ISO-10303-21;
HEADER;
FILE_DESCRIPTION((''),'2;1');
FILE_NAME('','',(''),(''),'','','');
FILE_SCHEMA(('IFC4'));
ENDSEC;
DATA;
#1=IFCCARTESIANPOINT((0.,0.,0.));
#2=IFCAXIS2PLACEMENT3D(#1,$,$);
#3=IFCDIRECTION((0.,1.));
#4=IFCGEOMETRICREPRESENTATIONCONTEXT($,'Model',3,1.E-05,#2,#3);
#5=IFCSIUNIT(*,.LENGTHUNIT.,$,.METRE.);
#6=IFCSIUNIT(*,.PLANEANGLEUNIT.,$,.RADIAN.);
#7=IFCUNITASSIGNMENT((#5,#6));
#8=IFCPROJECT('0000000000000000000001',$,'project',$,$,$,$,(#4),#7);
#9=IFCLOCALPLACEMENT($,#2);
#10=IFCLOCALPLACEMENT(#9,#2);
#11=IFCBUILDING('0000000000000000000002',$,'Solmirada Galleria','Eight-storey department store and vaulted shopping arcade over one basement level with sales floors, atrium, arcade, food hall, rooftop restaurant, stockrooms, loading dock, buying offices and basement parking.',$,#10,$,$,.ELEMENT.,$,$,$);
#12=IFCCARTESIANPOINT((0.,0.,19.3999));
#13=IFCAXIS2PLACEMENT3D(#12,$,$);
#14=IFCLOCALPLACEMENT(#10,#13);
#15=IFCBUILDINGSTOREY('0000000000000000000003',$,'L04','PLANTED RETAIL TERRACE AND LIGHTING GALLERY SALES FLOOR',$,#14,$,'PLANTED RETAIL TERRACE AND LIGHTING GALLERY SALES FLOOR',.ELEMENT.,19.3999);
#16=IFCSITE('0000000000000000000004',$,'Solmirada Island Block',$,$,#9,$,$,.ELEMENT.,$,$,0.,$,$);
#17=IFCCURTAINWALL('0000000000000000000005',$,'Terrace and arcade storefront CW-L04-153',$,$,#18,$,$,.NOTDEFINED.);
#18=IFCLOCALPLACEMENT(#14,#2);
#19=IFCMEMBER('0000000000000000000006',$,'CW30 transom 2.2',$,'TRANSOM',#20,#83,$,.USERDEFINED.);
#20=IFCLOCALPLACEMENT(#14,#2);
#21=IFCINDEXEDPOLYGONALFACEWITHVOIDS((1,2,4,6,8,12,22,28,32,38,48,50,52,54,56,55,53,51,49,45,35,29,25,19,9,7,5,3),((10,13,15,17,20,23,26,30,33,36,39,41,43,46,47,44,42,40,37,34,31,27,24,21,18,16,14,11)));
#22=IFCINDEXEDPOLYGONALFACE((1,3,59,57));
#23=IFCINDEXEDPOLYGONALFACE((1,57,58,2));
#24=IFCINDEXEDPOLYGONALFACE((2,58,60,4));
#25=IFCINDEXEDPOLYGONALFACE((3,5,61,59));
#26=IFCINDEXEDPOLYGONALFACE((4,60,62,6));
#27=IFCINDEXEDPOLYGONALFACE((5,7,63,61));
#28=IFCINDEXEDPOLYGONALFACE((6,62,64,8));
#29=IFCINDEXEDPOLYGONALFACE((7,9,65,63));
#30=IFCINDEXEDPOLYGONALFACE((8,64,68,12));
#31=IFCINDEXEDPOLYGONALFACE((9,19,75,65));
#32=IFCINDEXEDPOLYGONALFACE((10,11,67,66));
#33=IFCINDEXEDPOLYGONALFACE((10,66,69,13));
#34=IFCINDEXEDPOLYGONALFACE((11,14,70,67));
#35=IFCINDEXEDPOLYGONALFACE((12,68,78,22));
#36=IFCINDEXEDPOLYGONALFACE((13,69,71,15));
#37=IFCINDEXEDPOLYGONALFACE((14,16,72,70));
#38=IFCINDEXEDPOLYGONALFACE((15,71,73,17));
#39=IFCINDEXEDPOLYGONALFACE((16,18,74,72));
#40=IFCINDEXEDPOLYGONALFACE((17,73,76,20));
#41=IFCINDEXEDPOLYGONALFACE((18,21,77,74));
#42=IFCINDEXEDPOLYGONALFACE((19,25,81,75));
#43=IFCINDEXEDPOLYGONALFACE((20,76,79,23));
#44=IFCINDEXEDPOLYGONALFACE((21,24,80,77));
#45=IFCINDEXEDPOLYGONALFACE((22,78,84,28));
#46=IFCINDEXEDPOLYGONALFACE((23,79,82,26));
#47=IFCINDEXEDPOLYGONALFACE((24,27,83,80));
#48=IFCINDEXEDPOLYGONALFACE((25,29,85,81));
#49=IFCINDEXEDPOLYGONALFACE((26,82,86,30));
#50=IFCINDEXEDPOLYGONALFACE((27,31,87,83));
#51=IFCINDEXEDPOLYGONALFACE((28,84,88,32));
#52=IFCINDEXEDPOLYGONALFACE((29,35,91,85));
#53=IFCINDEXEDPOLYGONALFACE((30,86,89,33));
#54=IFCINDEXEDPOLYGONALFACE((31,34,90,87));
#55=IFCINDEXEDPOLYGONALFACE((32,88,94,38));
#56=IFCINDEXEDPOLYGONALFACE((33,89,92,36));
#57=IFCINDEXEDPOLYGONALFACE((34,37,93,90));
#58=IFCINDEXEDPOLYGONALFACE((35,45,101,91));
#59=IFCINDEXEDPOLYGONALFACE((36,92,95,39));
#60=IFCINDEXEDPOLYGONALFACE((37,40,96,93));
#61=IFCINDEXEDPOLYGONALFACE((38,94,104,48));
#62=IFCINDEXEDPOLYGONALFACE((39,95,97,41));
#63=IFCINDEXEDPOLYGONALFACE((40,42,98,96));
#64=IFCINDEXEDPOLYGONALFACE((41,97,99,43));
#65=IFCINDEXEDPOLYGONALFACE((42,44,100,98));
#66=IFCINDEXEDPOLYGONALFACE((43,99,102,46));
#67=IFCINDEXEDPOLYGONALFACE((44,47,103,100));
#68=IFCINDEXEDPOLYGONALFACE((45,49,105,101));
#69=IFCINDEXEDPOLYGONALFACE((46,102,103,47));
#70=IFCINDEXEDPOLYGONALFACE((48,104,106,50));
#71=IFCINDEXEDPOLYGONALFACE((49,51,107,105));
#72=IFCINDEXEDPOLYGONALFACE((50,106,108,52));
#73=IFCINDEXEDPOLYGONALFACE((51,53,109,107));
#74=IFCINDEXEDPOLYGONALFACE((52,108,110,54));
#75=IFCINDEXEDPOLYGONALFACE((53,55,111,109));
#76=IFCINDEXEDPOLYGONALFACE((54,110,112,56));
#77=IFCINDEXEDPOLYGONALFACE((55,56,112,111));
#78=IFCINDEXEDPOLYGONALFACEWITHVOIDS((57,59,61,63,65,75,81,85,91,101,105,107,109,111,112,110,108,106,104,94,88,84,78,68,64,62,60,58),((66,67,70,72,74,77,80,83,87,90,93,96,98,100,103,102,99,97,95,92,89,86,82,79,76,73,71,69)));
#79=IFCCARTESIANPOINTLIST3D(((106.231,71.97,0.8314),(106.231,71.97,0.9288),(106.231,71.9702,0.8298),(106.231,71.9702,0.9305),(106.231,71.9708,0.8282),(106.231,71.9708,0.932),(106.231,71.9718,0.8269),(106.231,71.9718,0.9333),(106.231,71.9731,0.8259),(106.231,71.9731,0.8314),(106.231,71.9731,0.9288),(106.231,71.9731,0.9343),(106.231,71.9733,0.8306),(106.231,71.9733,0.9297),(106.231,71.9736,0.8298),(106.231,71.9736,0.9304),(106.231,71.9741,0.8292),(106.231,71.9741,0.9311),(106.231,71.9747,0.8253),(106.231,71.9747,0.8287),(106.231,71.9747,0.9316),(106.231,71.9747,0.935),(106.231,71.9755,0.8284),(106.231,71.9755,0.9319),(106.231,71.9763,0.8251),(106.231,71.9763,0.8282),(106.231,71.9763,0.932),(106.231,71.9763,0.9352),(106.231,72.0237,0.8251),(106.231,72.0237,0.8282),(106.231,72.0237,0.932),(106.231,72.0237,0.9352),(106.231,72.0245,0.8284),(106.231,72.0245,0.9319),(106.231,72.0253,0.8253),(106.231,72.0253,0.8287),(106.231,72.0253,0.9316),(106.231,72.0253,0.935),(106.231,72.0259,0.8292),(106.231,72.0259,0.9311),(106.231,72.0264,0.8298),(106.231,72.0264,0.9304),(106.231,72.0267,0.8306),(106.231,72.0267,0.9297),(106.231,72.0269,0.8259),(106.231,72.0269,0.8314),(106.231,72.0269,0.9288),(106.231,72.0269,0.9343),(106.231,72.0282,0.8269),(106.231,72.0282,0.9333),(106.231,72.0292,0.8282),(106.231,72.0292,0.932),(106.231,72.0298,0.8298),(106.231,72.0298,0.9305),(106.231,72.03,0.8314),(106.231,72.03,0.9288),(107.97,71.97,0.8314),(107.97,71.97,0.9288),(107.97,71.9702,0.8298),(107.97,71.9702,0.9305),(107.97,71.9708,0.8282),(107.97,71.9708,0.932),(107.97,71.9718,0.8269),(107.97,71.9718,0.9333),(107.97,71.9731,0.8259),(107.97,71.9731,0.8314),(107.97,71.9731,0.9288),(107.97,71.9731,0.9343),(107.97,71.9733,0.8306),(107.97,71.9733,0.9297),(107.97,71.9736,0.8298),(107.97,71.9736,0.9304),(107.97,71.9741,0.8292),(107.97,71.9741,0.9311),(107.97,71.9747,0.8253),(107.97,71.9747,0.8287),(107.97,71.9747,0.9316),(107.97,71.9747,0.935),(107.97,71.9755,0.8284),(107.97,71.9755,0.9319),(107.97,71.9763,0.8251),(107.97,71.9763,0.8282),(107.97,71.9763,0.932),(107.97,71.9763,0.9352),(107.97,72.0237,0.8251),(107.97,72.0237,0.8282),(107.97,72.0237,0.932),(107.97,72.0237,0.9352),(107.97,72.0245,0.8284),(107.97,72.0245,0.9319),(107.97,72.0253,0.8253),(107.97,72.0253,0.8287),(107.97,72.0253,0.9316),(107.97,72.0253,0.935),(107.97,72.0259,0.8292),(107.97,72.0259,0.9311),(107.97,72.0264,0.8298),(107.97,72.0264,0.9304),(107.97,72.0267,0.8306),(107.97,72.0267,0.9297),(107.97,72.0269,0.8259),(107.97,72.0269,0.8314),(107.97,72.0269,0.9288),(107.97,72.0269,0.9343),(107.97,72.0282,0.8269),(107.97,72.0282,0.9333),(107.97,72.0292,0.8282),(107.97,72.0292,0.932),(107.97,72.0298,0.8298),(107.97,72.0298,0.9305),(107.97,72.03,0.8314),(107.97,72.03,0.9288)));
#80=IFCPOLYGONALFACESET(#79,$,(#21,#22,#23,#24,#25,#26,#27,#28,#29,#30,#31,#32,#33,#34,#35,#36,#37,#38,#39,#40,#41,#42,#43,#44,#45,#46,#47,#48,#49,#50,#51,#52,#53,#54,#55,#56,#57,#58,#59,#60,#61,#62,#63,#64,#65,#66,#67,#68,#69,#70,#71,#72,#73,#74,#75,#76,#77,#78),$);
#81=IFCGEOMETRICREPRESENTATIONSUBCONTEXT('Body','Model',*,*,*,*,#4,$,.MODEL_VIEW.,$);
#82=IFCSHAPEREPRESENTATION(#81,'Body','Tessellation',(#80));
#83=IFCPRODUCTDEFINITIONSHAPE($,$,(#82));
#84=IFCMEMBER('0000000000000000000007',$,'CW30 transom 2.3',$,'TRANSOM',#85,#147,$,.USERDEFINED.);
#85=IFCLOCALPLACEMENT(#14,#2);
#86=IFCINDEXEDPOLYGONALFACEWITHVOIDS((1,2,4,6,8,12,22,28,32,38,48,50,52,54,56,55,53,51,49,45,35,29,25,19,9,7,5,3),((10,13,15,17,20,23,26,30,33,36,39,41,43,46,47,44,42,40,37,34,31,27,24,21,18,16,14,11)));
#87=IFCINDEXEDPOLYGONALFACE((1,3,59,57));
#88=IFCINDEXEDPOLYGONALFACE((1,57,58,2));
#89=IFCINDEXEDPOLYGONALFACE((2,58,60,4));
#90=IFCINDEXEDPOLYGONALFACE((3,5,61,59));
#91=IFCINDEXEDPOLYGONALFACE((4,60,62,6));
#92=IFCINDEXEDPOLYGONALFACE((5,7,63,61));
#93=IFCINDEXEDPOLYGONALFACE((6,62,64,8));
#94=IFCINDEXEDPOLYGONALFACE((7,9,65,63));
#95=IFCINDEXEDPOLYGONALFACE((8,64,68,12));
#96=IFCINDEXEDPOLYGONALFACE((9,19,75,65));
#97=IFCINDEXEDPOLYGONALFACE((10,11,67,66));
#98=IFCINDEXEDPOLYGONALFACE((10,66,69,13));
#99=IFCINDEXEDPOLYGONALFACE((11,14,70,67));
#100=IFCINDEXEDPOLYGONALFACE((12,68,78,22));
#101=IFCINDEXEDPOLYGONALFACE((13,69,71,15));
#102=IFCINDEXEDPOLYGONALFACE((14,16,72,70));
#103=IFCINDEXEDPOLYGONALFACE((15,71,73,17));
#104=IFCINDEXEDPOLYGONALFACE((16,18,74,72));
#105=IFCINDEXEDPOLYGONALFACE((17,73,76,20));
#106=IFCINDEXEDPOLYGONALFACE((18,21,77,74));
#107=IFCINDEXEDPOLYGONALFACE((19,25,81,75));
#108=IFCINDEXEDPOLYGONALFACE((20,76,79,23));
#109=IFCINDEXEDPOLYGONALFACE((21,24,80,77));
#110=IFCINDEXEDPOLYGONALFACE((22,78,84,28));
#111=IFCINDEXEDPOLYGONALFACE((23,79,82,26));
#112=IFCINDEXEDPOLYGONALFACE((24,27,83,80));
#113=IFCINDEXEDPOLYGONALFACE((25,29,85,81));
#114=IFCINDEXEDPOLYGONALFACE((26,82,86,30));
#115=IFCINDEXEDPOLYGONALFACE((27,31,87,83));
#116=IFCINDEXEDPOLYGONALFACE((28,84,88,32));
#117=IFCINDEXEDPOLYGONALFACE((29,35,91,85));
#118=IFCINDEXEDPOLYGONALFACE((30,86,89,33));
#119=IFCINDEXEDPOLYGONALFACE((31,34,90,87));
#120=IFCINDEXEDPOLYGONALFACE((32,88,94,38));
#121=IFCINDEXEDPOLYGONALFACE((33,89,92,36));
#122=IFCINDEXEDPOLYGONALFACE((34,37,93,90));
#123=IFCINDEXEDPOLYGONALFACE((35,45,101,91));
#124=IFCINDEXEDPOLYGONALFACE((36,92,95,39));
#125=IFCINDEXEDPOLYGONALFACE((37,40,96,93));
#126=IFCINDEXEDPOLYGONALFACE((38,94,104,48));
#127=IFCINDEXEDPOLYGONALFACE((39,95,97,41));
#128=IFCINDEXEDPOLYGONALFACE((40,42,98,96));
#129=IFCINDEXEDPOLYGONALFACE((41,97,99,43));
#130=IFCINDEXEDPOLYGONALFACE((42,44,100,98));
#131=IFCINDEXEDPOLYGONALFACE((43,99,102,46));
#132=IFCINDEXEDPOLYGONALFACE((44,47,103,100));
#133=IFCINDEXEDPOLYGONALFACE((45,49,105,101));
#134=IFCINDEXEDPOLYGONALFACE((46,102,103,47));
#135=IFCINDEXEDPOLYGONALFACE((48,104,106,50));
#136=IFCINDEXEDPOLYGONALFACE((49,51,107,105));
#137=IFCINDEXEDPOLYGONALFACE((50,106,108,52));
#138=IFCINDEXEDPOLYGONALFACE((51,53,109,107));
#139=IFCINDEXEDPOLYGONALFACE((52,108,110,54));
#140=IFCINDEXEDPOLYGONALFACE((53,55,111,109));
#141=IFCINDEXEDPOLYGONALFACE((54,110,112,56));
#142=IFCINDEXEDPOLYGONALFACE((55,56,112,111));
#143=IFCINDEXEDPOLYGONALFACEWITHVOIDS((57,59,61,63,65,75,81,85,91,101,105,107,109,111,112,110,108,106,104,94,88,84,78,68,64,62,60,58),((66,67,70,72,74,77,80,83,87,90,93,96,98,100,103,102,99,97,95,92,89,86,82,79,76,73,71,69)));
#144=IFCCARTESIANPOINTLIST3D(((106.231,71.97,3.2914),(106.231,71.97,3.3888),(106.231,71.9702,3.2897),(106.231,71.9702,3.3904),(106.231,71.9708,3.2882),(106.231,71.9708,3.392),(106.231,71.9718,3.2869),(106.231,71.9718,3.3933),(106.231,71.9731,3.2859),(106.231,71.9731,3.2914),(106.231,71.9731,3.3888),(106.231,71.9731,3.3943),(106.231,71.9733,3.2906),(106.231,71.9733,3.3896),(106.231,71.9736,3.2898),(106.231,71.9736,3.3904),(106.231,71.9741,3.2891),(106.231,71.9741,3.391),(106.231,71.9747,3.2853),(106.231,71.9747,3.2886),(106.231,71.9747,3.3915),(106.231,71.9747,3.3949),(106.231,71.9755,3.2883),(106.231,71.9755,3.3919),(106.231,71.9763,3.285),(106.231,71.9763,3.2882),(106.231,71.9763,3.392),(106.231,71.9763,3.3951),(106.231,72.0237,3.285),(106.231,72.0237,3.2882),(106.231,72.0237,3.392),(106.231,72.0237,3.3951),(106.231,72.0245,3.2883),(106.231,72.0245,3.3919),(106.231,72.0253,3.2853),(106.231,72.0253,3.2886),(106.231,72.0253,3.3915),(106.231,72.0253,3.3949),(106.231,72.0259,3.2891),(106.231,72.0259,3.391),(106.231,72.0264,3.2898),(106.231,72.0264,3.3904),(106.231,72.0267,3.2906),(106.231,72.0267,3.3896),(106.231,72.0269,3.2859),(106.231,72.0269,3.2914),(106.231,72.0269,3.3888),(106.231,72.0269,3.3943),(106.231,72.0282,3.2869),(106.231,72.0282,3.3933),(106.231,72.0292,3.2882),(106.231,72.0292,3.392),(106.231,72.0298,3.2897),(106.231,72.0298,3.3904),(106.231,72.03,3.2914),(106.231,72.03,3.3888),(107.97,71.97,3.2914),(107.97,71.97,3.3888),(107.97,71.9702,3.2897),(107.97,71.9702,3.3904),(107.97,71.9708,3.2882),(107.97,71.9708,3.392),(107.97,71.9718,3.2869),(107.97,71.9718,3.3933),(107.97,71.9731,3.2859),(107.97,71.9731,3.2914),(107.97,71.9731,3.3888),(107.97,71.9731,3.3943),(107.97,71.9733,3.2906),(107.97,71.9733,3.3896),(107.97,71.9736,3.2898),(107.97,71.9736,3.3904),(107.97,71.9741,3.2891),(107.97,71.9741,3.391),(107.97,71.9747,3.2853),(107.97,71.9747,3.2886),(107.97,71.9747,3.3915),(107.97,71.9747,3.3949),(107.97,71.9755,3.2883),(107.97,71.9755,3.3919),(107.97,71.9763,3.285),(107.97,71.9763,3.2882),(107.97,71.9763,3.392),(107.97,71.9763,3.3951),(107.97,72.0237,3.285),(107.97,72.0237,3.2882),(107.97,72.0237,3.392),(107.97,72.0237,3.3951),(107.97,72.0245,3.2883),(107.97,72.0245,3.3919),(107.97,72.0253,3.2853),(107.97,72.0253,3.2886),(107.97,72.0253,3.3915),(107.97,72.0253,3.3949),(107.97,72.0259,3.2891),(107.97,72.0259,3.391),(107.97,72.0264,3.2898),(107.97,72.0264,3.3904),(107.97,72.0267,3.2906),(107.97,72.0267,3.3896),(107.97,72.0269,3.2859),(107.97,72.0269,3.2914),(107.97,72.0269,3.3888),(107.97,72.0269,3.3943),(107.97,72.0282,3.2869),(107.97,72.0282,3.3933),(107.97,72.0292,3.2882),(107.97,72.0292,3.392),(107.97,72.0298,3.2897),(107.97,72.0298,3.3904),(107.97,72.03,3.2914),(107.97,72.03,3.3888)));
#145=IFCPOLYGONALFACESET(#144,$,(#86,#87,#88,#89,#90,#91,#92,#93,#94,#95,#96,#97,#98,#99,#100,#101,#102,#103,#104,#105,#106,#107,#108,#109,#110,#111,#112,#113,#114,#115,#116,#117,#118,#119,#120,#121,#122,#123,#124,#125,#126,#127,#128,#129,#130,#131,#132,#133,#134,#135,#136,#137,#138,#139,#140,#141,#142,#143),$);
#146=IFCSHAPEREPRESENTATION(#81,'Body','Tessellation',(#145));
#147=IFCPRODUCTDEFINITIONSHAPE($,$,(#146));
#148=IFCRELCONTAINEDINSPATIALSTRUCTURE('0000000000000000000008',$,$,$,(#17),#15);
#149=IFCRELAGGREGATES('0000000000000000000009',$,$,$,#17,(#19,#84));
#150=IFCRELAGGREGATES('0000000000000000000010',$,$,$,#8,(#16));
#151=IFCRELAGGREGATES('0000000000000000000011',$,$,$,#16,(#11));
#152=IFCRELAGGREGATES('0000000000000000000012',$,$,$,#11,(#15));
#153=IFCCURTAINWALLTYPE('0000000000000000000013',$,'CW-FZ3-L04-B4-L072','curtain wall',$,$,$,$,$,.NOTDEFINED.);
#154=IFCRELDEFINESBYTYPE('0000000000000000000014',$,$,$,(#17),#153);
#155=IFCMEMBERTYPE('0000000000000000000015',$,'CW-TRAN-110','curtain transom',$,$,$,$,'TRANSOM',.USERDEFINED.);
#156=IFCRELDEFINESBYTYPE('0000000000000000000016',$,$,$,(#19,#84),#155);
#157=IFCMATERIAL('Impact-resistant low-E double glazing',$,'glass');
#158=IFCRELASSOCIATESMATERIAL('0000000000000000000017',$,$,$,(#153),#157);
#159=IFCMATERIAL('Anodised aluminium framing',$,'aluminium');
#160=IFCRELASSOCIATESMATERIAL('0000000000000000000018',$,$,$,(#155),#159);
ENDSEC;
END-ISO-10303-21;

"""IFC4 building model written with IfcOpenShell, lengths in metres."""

from ifc_helpers import new_model, si_unit, direction, frame, origin, origin_2d, place, context, subcontext, project, spatial, hollow_rectangle, extrude, material, material_profile, profile_set, type_object, element, aggregate, save


model = new_model("IFC4")

# Units and contexts
model_context = context("Model", 3, precision=1e-05, world=origin(), true_north=direction((0.0, 1.0)))
body_context = subcontext(model_context, "Body", "Model", "MODEL_VIEW")
ifc_project = project(units=[si_unit("LENGTHUNIT", "METRE"), si_unit("PLANEANGLEUNIT", "RADIAN")], contexts=[model_context])

# Site, building, storey
site_placement = place(None, origin())
site = spatial("IfcSite", under=ifc_project, at=site_placement, Name="Solmirada Island Block", CompositionType="ELEMENT", RefElevation=0.0)
building_placement = place(site_placement, origin())
building = spatial("IfcBuilding", under=site, at=building_placement, Name="Solmirada Galleria", Description="Eight-storey department store and vaulted shopping arcade over one basement level with sales floors, atrium, arcade, food hall, rooftop restaurant, stockrooms, loading dock, buying offices and basement parking.", CompositionType="ELEMENT")
storey_placement = place(building_placement, frame((0.0, 0.0, 19.3999)))
storey = spatial("IfcBuildingStorey", under=building, at=storey_placement, Name="L04", Description="PLANTED RETAIL TERRACE AND LIGHTING GALLERY SALES FLOOR", LongName="PLANTED RETAIL TERRACE AND LIGHTING GALLERY SALES FLOOR", CompositionType="ELEMENT", Elevation=19.3999)

# Curtain wall, members
ifc_material_1 = material(Name="Impact-resistant low-E double glazing", Category="glass")
curtain_wall_type = type_object("IfcCurtainWallType", Name="CW-FZ3-L04-B4-L072", Description="curtain wall", PredefinedType="NOTDEFINED", material=ifc_material_1)
curtain_wall_1_placement = place(storey_placement, origin())
curtain_wall_1 = element("IfcCurtainWall", 1, at=curtain_wall_1_placement, inside=storey, type_object=curtain_wall_type, Name="Terrace and arcade storefront CW-L04-153", PredefinedType="NOTDEFINED")
ifc_material_2 = material(Name="Anodised aluminium framing", Category="aluminium")
ifc_material_profile_1 = material_profile(ifc_material_2, hollow_rectangle(XDim=0.0601, YDim=0.1101, WallThickness=0.0032, InnerFilletRadius=0.0032, OuterFilletRadius=0.0063, at=origin_2d()), Name="ALU-TRAN-110X60")
ifc_profile_set_1 = profile_set([ifc_material_profile_1], Name="Anodised aluminium framing")
member_type_1 = type_object("IfcMemberType", Name="CW-TRAN-110", Description="curtain transom", ElementType="TRANSOM", PredefinedType="USERDEFINED", material=ifc_profile_set_1)
member_1_placement = place(storey_placement, frame((106.231, 72.0, 0.8801), z_axis=(1.0, 0.0, 0.0), x_axis=(0.0, 1.0, 0.0)))
member_1 = element("IfcMember", 2, at=member_1_placement, type_object=member_type_1, Name="CW30 transom 2.2", ObjectType="TRANSOM", PredefinedType="USERDEFINED", context=body_context, shape_type="SweptSolid", body=[
    extrude(hollow_rectangle(XDim=0.0601, YDim=0.1101, WallThickness=0.0032, InnerFilletRadius=0.0032, OuterFilletRadius=0.0063, at=origin_2d()), origin(), (0.0, 0.0, 1.0), 1.739),
])
member_2_placement = place(storey_placement, frame((106.231, 72.0, 3.3401), z_axis=(1.0, 0.0, 0.0), x_axis=(0.0, 1.0, 0.0)))
member_2 = element("IfcMember", 3, at=member_2_placement, type_object=member_type_1, Name="CW30 transom 2.3", ObjectType="TRANSOM", PredefinedType="USERDEFINED", context=body_context, shape_type="SweptSolid", body=[
    extrude(hollow_rectangle(XDim=0.0601, YDim=0.1101, WallThickness=0.0032, InnerFilletRadius=0.0032, OuterFilletRadius=0.0063, at=origin_2d()), origin(), (0.0, 0.0, 1.0), 1.739),
])

aggregate(curtain_wall_1, [member_1, member_2])

save(model, "model.ifc")
